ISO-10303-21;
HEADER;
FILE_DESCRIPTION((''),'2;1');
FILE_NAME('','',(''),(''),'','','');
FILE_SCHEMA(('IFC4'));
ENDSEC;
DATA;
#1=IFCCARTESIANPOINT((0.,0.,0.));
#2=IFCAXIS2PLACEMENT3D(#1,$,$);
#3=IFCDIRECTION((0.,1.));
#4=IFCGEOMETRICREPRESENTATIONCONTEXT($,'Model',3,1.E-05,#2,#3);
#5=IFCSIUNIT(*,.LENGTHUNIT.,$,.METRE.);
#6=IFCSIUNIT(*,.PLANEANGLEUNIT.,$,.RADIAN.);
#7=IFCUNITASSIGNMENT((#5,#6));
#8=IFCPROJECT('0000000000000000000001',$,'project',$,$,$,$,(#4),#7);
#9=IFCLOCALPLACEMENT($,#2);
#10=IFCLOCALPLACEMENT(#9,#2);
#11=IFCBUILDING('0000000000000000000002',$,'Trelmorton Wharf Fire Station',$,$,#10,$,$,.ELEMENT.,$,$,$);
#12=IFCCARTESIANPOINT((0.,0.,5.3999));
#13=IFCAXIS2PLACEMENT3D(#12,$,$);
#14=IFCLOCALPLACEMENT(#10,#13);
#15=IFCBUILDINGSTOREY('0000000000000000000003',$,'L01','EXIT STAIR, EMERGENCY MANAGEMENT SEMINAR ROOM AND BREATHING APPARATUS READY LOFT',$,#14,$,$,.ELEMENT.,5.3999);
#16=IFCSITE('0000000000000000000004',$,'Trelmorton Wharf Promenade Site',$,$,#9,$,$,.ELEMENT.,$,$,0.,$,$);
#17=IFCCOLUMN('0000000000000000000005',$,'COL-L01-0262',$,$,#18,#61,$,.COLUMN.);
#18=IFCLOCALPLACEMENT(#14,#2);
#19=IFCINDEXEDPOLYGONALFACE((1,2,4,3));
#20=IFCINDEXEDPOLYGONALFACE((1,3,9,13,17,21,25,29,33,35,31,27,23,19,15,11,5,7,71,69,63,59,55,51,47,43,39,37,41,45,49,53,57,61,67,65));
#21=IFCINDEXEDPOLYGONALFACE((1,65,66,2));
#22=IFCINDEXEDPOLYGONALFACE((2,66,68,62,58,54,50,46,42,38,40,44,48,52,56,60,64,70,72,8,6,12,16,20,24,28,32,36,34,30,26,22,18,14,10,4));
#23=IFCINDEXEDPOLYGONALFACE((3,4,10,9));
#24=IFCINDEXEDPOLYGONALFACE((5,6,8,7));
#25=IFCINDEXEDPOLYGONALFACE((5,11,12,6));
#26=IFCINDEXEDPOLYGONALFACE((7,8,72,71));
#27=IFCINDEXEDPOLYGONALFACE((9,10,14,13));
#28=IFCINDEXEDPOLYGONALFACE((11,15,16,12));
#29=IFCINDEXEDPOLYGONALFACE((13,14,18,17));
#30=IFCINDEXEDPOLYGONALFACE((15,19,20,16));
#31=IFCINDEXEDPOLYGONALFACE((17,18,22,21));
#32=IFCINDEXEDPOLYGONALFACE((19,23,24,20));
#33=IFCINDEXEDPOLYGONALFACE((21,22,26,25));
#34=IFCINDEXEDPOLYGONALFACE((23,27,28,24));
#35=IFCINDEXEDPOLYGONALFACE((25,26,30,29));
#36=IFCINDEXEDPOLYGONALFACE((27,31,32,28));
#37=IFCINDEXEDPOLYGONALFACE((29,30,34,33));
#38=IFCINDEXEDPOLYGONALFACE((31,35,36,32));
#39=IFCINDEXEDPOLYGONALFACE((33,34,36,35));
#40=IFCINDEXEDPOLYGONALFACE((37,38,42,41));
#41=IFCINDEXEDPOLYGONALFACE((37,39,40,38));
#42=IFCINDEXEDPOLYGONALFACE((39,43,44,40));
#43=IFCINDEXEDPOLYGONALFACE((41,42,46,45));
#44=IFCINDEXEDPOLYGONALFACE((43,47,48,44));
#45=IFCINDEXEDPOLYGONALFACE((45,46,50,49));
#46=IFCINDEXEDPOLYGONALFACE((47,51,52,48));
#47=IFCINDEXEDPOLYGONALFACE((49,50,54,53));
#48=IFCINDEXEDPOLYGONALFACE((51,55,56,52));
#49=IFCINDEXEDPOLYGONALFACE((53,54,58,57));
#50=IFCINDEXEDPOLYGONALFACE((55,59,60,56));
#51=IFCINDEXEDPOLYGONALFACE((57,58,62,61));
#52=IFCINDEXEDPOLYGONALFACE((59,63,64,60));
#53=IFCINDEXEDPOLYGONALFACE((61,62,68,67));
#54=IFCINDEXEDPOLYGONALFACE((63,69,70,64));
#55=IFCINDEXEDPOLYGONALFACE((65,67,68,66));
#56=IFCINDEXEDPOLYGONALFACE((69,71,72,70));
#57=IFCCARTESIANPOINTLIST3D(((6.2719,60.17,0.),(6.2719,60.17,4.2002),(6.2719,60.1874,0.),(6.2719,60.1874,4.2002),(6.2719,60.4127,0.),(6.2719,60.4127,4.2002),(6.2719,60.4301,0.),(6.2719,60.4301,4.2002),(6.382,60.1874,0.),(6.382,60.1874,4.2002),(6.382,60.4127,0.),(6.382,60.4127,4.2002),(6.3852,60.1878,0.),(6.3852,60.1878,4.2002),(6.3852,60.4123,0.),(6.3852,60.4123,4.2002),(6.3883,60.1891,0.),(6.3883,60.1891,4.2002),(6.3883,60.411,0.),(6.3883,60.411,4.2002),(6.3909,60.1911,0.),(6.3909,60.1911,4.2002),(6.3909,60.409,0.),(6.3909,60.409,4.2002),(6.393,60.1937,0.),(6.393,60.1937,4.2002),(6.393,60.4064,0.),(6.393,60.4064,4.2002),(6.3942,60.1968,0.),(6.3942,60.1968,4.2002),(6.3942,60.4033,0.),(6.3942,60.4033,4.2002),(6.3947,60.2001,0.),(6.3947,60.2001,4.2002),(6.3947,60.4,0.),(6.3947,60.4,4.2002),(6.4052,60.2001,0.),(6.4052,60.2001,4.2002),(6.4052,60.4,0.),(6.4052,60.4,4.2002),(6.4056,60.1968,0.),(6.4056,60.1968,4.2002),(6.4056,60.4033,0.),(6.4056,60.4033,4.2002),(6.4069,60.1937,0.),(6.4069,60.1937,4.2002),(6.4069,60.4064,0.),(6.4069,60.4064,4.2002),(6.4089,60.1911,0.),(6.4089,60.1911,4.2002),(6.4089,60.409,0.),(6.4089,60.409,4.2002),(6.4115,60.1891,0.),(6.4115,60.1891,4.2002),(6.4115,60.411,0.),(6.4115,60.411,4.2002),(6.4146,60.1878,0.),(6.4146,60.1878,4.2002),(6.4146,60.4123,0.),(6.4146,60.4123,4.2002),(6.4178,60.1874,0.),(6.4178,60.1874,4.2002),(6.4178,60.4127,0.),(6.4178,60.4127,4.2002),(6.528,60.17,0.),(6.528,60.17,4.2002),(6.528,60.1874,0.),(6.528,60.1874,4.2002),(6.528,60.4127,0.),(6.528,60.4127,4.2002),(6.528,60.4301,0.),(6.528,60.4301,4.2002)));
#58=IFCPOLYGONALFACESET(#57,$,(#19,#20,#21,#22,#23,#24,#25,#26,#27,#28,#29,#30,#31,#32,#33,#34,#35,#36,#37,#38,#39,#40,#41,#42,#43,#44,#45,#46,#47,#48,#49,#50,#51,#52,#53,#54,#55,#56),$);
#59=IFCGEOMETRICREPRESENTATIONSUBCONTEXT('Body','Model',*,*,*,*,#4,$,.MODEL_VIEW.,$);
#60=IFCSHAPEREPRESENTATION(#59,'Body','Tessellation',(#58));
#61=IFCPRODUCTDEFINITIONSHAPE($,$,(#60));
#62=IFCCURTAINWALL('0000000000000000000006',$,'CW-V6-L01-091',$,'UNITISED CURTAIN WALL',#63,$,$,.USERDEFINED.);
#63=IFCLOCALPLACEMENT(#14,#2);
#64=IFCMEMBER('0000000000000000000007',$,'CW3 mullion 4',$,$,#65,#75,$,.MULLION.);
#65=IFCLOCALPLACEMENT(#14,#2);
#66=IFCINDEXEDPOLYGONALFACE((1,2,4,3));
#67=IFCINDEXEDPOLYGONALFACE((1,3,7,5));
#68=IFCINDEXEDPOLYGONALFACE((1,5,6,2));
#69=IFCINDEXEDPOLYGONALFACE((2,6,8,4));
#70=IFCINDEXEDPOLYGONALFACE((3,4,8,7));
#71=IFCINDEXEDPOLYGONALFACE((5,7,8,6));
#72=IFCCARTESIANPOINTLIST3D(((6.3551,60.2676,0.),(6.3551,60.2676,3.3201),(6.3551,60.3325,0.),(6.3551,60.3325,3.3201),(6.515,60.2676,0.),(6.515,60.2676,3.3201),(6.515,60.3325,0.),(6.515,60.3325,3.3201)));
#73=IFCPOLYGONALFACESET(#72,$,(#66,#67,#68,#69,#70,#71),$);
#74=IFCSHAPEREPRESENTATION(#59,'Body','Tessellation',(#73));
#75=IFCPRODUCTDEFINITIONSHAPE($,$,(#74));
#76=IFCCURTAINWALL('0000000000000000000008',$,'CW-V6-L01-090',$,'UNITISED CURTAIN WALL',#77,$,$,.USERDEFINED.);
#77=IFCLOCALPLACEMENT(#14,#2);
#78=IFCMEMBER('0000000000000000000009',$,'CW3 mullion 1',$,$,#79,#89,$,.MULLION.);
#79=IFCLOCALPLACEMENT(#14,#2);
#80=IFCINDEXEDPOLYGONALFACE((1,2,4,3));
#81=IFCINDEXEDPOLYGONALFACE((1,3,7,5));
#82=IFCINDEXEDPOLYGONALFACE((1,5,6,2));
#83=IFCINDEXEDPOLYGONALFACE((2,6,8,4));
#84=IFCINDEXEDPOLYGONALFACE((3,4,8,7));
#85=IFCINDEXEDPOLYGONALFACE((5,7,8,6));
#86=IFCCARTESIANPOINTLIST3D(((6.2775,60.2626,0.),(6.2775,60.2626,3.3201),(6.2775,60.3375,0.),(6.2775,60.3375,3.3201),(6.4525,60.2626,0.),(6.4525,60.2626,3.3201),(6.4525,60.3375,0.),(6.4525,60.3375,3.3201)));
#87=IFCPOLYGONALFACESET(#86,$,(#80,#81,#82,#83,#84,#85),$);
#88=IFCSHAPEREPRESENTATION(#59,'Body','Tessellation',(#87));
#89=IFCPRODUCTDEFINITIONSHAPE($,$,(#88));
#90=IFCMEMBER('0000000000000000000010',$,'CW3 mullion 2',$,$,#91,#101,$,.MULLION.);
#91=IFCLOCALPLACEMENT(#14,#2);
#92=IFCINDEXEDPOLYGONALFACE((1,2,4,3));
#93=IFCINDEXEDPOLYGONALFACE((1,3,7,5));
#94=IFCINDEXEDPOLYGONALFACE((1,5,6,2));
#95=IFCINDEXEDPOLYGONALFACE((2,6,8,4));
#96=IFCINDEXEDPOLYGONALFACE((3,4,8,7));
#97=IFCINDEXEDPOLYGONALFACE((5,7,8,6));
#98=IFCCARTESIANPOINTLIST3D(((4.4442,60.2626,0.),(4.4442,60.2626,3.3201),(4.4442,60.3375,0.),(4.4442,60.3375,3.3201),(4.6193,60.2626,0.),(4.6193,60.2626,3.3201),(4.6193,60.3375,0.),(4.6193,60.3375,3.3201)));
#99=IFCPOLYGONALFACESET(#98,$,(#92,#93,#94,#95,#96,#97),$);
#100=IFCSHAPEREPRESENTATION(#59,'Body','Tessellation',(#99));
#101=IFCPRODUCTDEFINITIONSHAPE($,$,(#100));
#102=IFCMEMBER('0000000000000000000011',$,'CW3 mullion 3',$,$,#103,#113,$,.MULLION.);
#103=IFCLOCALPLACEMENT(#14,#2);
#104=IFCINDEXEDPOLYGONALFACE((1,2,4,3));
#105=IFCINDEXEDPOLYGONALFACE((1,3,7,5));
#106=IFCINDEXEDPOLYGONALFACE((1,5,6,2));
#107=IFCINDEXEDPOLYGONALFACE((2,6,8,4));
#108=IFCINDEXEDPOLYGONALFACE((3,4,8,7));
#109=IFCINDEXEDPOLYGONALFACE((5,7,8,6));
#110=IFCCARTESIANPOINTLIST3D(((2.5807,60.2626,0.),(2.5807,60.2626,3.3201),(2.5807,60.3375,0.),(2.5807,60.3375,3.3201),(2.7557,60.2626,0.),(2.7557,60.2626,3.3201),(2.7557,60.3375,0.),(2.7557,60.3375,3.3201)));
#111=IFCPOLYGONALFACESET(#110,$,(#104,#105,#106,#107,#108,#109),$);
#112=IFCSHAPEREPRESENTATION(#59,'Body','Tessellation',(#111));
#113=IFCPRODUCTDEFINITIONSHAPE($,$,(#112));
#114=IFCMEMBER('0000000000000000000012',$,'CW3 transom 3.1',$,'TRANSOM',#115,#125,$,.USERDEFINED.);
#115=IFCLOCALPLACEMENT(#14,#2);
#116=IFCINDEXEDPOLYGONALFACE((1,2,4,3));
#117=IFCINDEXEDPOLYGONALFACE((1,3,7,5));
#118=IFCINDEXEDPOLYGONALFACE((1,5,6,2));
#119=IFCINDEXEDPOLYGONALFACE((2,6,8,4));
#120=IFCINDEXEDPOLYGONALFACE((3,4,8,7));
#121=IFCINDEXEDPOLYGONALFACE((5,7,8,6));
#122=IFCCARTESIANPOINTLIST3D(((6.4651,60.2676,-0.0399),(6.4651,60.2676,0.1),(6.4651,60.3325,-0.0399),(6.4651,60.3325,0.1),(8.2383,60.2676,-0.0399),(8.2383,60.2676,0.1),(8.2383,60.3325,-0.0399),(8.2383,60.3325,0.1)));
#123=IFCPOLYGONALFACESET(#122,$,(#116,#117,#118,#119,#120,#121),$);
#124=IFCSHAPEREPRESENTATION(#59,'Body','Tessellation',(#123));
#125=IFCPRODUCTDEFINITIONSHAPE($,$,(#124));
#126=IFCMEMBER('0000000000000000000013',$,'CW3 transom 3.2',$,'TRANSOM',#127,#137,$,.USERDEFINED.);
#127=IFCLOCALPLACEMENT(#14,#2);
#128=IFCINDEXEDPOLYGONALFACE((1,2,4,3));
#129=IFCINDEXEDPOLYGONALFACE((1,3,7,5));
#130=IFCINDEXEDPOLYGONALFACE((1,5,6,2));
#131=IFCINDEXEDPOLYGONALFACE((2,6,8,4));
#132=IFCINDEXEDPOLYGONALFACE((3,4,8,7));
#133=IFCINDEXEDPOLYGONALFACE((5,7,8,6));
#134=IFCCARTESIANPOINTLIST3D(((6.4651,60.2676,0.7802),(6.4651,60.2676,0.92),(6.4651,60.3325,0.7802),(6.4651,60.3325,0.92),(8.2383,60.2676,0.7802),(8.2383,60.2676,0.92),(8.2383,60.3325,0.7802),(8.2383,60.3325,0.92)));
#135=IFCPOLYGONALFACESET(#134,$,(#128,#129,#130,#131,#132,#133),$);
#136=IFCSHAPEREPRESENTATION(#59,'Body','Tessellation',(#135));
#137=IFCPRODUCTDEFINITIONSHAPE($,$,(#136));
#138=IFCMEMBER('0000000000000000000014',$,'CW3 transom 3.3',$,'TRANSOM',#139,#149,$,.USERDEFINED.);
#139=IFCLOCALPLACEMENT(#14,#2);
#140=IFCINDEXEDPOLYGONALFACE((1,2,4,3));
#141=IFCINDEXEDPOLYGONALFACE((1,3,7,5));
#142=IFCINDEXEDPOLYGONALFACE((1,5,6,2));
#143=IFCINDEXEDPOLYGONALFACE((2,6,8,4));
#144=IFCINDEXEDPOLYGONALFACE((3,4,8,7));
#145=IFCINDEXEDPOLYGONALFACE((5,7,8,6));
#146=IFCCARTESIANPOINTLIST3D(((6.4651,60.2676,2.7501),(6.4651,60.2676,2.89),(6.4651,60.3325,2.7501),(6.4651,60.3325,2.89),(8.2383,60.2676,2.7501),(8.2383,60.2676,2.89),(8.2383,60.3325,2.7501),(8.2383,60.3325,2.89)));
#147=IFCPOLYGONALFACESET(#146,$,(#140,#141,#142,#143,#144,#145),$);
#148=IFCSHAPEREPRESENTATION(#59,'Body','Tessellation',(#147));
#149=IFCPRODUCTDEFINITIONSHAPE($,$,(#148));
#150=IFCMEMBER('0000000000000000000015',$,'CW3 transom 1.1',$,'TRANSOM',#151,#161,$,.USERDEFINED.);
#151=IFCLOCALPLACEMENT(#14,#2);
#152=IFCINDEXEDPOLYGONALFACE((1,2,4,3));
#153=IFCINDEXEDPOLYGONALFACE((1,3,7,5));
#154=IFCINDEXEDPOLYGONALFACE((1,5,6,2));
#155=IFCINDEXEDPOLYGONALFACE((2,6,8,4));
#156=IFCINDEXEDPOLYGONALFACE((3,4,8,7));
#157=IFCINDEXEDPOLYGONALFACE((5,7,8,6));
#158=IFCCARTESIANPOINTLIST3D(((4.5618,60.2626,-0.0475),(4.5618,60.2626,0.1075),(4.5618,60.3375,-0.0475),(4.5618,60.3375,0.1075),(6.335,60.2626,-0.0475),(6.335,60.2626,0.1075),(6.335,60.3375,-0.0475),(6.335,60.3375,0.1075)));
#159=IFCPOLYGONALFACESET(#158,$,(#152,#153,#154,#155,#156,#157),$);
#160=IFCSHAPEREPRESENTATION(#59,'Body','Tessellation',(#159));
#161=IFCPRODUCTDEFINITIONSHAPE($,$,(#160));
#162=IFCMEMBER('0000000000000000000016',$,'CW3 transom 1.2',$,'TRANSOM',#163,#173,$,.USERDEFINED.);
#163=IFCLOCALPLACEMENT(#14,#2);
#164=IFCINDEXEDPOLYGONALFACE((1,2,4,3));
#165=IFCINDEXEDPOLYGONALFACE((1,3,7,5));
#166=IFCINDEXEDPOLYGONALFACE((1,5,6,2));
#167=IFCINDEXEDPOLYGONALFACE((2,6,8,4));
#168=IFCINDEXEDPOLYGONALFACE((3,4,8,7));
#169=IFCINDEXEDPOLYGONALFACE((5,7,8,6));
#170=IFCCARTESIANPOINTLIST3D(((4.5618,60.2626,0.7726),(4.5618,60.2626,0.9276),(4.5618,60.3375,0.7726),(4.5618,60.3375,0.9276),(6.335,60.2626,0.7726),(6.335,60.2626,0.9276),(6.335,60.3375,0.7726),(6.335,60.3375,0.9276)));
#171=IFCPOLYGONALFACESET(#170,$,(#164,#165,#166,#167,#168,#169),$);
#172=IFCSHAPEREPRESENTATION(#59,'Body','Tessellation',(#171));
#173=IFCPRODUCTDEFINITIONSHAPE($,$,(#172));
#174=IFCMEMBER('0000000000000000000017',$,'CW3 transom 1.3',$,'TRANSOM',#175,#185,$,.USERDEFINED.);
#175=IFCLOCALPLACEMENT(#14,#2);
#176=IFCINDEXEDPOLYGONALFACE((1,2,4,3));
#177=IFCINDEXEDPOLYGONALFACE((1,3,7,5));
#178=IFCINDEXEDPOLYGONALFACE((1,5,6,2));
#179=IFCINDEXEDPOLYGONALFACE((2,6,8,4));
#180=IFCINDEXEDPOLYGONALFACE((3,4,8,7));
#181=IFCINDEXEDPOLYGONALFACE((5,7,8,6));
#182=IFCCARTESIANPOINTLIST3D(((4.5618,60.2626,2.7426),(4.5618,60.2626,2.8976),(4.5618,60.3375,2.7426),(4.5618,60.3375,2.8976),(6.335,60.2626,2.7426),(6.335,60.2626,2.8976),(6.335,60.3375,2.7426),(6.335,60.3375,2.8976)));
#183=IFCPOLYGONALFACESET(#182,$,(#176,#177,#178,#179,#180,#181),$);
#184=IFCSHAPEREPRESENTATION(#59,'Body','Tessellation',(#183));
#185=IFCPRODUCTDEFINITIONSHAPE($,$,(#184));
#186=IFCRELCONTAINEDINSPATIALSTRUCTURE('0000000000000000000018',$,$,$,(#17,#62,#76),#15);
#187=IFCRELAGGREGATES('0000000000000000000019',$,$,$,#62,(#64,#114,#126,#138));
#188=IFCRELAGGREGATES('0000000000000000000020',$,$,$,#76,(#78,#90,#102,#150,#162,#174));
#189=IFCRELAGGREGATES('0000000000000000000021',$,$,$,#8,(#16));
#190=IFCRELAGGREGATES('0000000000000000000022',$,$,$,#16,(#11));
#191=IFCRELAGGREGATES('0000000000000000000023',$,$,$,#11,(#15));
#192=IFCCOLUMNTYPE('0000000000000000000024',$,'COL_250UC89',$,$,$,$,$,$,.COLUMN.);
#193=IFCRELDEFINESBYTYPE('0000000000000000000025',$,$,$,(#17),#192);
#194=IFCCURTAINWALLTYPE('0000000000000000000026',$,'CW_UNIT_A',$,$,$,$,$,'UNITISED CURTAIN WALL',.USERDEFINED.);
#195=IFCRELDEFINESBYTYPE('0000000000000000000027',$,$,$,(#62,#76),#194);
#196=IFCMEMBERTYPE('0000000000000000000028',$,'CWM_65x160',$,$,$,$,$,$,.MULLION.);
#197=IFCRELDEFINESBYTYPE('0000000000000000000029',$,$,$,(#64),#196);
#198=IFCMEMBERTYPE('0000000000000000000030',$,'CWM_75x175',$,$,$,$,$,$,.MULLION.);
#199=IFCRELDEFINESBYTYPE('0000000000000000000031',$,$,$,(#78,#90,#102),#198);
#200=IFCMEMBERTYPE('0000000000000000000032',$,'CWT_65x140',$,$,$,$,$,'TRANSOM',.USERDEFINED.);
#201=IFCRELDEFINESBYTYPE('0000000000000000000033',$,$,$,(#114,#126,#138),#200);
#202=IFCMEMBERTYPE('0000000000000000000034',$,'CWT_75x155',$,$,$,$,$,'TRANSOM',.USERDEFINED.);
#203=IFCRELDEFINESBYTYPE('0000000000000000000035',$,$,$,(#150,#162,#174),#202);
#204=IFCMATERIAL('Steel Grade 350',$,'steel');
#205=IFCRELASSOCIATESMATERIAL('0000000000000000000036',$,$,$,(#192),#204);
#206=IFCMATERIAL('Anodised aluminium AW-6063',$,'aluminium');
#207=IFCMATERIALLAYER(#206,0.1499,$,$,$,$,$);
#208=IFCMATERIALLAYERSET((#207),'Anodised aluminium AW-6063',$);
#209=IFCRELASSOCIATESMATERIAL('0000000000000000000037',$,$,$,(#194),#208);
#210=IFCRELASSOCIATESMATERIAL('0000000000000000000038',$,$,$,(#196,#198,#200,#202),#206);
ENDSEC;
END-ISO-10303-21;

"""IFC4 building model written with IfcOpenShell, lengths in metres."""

from ifc_helpers import new_model, si_unit, direction, frame, origin, origin_2d, place, context, subcontext, project, spatial, rectangle, i_section, extrude, material, layer, layer_set, material_profile, profile_set, type_object, element, aggregate, save


model = new_model("IFC4")

# Units and contexts
model_context = context("Model", 3, precision=1e-05, world=origin(), true_north=direction((0.0, 1.0)))
body_context = subcontext(model_context, "Body", "Model", "MODEL_VIEW")
ifc_project = project(units=[si_unit("LENGTHUNIT", "METRE"), si_unit("PLANEANGLEUNIT", "RADIAN")], contexts=[model_context])

# Site, building, storey
site_placement = place(None, origin())
site = spatial("IfcSite", under=ifc_project, at=site_placement, Name="Trelmorton Wharf Promenade Site", CompositionType="ELEMENT", RefElevation=0.0)
building_placement = place(site_placement, origin())
building = spatial("IfcBuilding", under=site, at=building_placement, Name="Trelmorton Wharf Fire Station", CompositionType="ELEMENT")
storey_placement = place(building_placement, frame((0.0, 0.0, 5.3999)))
storey = spatial("IfcBuildingStorey", under=building, at=storey_placement, Name="L01", Description="EXIT STAIR, EMERGENCY MANAGEMENT SEMINAR ROOM AND BREATHING APPARATUS READY LOFT", CompositionType="ELEMENT", Elevation=5.3999)

# Column
ifc_material_1 = material(Name="Steel Grade 350", Category="steel")
ifc_material_profile_1 = material_profile(ifc_material_1, i_section(OverallWidth=0.2561, OverallDepth=0.26, WebThickness=0.0105, FlangeThickness=0.0173, FilletRadius=0.0127, at=origin_2d()), Name="250UC89.5")
ifc_profile_set_1 = profile_set([ifc_material_profile_1], Name="Steel Grade 350")
column_type = type_object("IfcColumnType", Name="COL_250UC89", PredefinedType="COLUMN", material=ifc_profile_set_1)
column_placement = place(storey_placement, frame((6.3999, 60.3, 0.0), z_axis=(0.0, 0.0, 1.0), x_axis=(1.0, 0.0, 0.0)))
element("IfcColumn", 1, at=column_placement, inside=storey, type_object=column_type, Name="COL-L01-0262", PredefinedType="COLUMN", context=body_context, shape_type="SweptSolid", body=[
    extrude(i_section(OverallWidth=0.2561, OverallDepth=0.26, WebThickness=0.0105, FlangeThickness=0.0173, FilletRadius=0.0127, at=origin_2d()), origin(), (0.0, 0.0, 1.0), 4.2002),
])

# Curtain wall, member
ifc_material_2 = material(Name="Anodised aluminium AW-6063", Category="aluminium")
ifc_layer_1 = layer(ifc_material_2, 0.1499)
ifc_layer_set_1 = layer_set([ifc_layer_1], Name="Anodised aluminium AW-6063")
curtain_wall_type = type_object("IfcCurtainWallType", Name="CW_UNIT_A", ElementType="UNITISED CURTAIN WALL", PredefinedType="USERDEFINED", material=ifc_layer_set_1)
curtain_wall_1_placement = place(storey_placement, origin())
curtain_wall_1 = element("IfcCurtainWall", 2, at=curtain_wall_1_placement, inside=storey, type_object=curtain_wall_type, Name="CW-V6-L01-091", ObjectType="UNITISED CURTAIN WALL", PredefinedType="USERDEFINED")
ifc_material_profile_2 = material_profile(ifc_material_2, rectangle(XDim=0.0649, YDim=0.1599, at=origin_2d()), Name="ALU-65x160")
ifc_profile_set_2 = profile_set([ifc_material_profile_2], Name="Anodised aluminium AW-6063")
member_type_1 = type_object("IfcMemberType", Name="CWM_65x160", PredefinedType="MULLION", material=ifc_profile_set_2)
member_1_placement = place(storey_placement, frame((6.4351, 60.3, 0.0), z_axis=(0.0, 0.0, 1.0), x_axis=(0.0, -1.0, 0.0)))
member_1 = element("IfcMember", 3, at=member_1_placement, type_object=member_type_1, Name="CW3 mullion 4", PredefinedType="MULLION", context=body_context, shape_type="SweptSolid", body=[
    extrude(rectangle(XDim=0.0649, YDim=0.1599, at=origin_2d()), origin(), (0.0, 0.0, 1.0), 3.3201),
])

# Curtain wall, members
curtain_wall_2_placement = place(storey_placement, origin())
curtain_wall_2 = element("IfcCurtainWall", 4, at=curtain_wall_2_placement, inside=storey, type_object=curtain_wall_type, Name="CW-V6-L01-090", ObjectType="UNITISED CURTAIN WALL", PredefinedType="USERDEFINED")
ifc_material_profile_3 = material_profile(ifc_material_2, rectangle(XDim=0.075, YDim=0.175, at=origin_2d()), Name="ALU-75x175")
ifc_profile_set_3 = profile_set([ifc_material_profile_3], Name="Anodised aluminium AW-6063")
member_type_2 = type_object("IfcMemberType", Name="CWM_75x175", PredefinedType="MULLION", material=ifc_profile_set_3)
member_2_placement = place(storey_placement, frame((6.365, 60.3, 0.0), z_axis=(0.0, 0.0, 1.0), x_axis=(0.0, -1.0, 0.0)))
member_2 = element("IfcMember", 5, at=member_2_placement, type_object=member_type_2, Name="CW3 mullion 1", PredefinedType="MULLION", context=body_context, shape_type="SweptSolid", body=[
    extrude(rectangle(XDim=0.075, YDim=0.175, at=origin_2d()), origin(), (0.0, 0.0, 1.0), 3.3201),
])
member_3_placement = place(storey_placement, frame((4.5317, 60.3, 0.0), z_axis=(0.0, 0.0, 1.0), x_axis=(0.0, -1.0, 0.0)))
member_3 = element("IfcMember", 6, at=member_3_placement, type_object=member_type_2, Name="CW3 mullion 2", PredefinedType="MULLION", context=body_context, shape_type="SweptSolid", body=[
    extrude(rectangle(XDim=0.075, YDim=0.175, at=origin_2d()), origin(), (0.0, 0.0, 1.0), 3.3201),
])
member_4_placement = place(storey_placement, frame((2.6682, 60.3, 0.0), z_axis=(0.0, 0.0, 1.0), x_axis=(0.0, -1.0, 0.0)))
member_4 = element("IfcMember", 7, at=member_4_placement, type_object=member_type_2, Name="CW3 mullion 3", PredefinedType="MULLION", context=body_context, shape_type="SweptSolid", body=[
    extrude(rectangle(XDim=0.075, YDim=0.175, at=origin_2d()), origin(), (0.0, 0.0, 1.0), 3.3201),
])

# Members
ifc_material_profile_4 = material_profile(ifc_material_2, rectangle(XDim=0.0649, YDim=0.1399, at=origin_2d()), Name="ALU-65x140")
ifc_profile_set_4 = profile_set([ifc_material_profile_4], Name="Anodised aluminium AW-6063")
member_type_3 = type_object("IfcMemberType", Name="CWT_65x140", ElementType="TRANSOM", PredefinedType="USERDEFINED", material=ifc_profile_set_4)
member_5_placement = place(storey_placement, frame((8.2383, 60.3, 0.03), z_axis=(-1.0, 0.0, 0.0), x_axis=(0.0, -1.0, 0.0)))
member_5 = element("IfcMember", 8, at=member_5_placement, type_object=member_type_3, Name="CW3 transom 3.1", ObjectType="TRANSOM", PredefinedType="USERDEFINED", context=body_context, shape_type="SweptSolid", body=[
    extrude(rectangle(XDim=0.0649, YDim=0.1399, at=origin_2d()), origin(), (0.0, 0.0, 1.0), 1.7732),
])
member_6_placement = place(storey_placement, frame((8.2383, 60.3, 0.8501), z_axis=(-1.0, 0.0, 0.0), x_axis=(0.0, -1.0, 0.0)))
member_6 = element("IfcMember", 9, at=member_6_placement, type_object=member_type_3, Name="CW3 transom 3.2", ObjectType="TRANSOM", PredefinedType="USERDEFINED", context=body_context, shape_type="SweptSolid", body=[
    extrude(rectangle(XDim=0.0649, YDim=0.1399, at=origin_2d()), origin(), (0.0, 0.0, 1.0), 1.7732),
])
member_7_placement = place(storey_placement, frame((8.2383, 60.3, 2.8201), z_axis=(-1.0, 0.0, 0.0), x_axis=(0.0, -1.0, 0.0)))
member_7 = element("IfcMember", 10, at=member_7_placement, type_object=member_type_3, Name="CW3 transom 3.3", ObjectType="TRANSOM", PredefinedType="USERDEFINED", context=body_context, shape_type="SweptSolid", body=[
    extrude(rectangle(XDim=0.0649, YDim=0.1399, at=origin_2d()), origin(), (0.0, 0.0, 1.0), 1.7732),
])
ifc_material_profile_5 = material_profile(ifc_material_2, rectangle(XDim=0.075, YDim=0.155, at=origin_2d()), Name="ALU-75x155")
ifc_profile_set_5 = profile_set([ifc_material_profile_5], Name="Anodised aluminium AW-6063")
member_type_4 = type_object("IfcMemberType", Name="CWT_75x155", ElementType="TRANSOM", PredefinedType="USERDEFINED", material=ifc_profile_set_5)
member_8_placement = place(storey_placement, frame((6.335, 60.3, 0.03), z_axis=(-1.0, 0.0, 0.0), x_axis=(0.0, -1.0, 0.0)))
member_8 = element("IfcMember", 11, at=member_8_placement, type_object=member_type_4, Name="CW3 transom 1.1", ObjectType="TRANSOM", PredefinedType="USERDEFINED", context=body_context, shape_type="SweptSolid", body=[
    extrude(rectangle(XDim=0.075, YDim=0.155, at=origin_2d()), origin(), (0.0, 0.0, 1.0), 1.7732),
])
member_9_placement = place(storey_placement, frame((6.335, 60.3, 0.8501), z_axis=(-1.0, 0.0, 0.0), x_axis=(0.0, -1.0, 0.0)))
member_9 = element("IfcMember", 12, at=member_9_placement, type_object=member_type_4, Name="CW3 transom 1.2", ObjectType="TRANSOM", PredefinedType="USERDEFINED", context=body_context, shape_type="SweptSolid", body=[
    extrude(rectangle(XDim=0.075, YDim=0.155, at=origin_2d()), origin(), (0.0, 0.0, 1.0), 1.7732),
])
member_10_placement = place(storey_placement, frame((6.335, 60.3, 2.8201), z_axis=(-1.0, 0.0, 0.0), x_axis=(0.0, -1.0, 0.0)))
member_10 = element("IfcMember", 13, at=member_10_placement, type_object=member_type_4, Name="CW3 transom 1.3", ObjectType="TRANSOM", PredefinedType="USERDEFINED", context=body_context, shape_type="SweptSolid", body=[
    extrude(rectangle(XDim=0.075, YDim=0.155, at=origin_2d()), origin(), (0.0, 0.0, 1.0), 1.7732),
])

aggregate(curtain_wall_1, [member_1, member_5, member_6, member_7])
aggregate(curtain_wall_2, [member_2, member_3, member_4, member_8, member_9, member_10])

save(model, "model.ifc")
